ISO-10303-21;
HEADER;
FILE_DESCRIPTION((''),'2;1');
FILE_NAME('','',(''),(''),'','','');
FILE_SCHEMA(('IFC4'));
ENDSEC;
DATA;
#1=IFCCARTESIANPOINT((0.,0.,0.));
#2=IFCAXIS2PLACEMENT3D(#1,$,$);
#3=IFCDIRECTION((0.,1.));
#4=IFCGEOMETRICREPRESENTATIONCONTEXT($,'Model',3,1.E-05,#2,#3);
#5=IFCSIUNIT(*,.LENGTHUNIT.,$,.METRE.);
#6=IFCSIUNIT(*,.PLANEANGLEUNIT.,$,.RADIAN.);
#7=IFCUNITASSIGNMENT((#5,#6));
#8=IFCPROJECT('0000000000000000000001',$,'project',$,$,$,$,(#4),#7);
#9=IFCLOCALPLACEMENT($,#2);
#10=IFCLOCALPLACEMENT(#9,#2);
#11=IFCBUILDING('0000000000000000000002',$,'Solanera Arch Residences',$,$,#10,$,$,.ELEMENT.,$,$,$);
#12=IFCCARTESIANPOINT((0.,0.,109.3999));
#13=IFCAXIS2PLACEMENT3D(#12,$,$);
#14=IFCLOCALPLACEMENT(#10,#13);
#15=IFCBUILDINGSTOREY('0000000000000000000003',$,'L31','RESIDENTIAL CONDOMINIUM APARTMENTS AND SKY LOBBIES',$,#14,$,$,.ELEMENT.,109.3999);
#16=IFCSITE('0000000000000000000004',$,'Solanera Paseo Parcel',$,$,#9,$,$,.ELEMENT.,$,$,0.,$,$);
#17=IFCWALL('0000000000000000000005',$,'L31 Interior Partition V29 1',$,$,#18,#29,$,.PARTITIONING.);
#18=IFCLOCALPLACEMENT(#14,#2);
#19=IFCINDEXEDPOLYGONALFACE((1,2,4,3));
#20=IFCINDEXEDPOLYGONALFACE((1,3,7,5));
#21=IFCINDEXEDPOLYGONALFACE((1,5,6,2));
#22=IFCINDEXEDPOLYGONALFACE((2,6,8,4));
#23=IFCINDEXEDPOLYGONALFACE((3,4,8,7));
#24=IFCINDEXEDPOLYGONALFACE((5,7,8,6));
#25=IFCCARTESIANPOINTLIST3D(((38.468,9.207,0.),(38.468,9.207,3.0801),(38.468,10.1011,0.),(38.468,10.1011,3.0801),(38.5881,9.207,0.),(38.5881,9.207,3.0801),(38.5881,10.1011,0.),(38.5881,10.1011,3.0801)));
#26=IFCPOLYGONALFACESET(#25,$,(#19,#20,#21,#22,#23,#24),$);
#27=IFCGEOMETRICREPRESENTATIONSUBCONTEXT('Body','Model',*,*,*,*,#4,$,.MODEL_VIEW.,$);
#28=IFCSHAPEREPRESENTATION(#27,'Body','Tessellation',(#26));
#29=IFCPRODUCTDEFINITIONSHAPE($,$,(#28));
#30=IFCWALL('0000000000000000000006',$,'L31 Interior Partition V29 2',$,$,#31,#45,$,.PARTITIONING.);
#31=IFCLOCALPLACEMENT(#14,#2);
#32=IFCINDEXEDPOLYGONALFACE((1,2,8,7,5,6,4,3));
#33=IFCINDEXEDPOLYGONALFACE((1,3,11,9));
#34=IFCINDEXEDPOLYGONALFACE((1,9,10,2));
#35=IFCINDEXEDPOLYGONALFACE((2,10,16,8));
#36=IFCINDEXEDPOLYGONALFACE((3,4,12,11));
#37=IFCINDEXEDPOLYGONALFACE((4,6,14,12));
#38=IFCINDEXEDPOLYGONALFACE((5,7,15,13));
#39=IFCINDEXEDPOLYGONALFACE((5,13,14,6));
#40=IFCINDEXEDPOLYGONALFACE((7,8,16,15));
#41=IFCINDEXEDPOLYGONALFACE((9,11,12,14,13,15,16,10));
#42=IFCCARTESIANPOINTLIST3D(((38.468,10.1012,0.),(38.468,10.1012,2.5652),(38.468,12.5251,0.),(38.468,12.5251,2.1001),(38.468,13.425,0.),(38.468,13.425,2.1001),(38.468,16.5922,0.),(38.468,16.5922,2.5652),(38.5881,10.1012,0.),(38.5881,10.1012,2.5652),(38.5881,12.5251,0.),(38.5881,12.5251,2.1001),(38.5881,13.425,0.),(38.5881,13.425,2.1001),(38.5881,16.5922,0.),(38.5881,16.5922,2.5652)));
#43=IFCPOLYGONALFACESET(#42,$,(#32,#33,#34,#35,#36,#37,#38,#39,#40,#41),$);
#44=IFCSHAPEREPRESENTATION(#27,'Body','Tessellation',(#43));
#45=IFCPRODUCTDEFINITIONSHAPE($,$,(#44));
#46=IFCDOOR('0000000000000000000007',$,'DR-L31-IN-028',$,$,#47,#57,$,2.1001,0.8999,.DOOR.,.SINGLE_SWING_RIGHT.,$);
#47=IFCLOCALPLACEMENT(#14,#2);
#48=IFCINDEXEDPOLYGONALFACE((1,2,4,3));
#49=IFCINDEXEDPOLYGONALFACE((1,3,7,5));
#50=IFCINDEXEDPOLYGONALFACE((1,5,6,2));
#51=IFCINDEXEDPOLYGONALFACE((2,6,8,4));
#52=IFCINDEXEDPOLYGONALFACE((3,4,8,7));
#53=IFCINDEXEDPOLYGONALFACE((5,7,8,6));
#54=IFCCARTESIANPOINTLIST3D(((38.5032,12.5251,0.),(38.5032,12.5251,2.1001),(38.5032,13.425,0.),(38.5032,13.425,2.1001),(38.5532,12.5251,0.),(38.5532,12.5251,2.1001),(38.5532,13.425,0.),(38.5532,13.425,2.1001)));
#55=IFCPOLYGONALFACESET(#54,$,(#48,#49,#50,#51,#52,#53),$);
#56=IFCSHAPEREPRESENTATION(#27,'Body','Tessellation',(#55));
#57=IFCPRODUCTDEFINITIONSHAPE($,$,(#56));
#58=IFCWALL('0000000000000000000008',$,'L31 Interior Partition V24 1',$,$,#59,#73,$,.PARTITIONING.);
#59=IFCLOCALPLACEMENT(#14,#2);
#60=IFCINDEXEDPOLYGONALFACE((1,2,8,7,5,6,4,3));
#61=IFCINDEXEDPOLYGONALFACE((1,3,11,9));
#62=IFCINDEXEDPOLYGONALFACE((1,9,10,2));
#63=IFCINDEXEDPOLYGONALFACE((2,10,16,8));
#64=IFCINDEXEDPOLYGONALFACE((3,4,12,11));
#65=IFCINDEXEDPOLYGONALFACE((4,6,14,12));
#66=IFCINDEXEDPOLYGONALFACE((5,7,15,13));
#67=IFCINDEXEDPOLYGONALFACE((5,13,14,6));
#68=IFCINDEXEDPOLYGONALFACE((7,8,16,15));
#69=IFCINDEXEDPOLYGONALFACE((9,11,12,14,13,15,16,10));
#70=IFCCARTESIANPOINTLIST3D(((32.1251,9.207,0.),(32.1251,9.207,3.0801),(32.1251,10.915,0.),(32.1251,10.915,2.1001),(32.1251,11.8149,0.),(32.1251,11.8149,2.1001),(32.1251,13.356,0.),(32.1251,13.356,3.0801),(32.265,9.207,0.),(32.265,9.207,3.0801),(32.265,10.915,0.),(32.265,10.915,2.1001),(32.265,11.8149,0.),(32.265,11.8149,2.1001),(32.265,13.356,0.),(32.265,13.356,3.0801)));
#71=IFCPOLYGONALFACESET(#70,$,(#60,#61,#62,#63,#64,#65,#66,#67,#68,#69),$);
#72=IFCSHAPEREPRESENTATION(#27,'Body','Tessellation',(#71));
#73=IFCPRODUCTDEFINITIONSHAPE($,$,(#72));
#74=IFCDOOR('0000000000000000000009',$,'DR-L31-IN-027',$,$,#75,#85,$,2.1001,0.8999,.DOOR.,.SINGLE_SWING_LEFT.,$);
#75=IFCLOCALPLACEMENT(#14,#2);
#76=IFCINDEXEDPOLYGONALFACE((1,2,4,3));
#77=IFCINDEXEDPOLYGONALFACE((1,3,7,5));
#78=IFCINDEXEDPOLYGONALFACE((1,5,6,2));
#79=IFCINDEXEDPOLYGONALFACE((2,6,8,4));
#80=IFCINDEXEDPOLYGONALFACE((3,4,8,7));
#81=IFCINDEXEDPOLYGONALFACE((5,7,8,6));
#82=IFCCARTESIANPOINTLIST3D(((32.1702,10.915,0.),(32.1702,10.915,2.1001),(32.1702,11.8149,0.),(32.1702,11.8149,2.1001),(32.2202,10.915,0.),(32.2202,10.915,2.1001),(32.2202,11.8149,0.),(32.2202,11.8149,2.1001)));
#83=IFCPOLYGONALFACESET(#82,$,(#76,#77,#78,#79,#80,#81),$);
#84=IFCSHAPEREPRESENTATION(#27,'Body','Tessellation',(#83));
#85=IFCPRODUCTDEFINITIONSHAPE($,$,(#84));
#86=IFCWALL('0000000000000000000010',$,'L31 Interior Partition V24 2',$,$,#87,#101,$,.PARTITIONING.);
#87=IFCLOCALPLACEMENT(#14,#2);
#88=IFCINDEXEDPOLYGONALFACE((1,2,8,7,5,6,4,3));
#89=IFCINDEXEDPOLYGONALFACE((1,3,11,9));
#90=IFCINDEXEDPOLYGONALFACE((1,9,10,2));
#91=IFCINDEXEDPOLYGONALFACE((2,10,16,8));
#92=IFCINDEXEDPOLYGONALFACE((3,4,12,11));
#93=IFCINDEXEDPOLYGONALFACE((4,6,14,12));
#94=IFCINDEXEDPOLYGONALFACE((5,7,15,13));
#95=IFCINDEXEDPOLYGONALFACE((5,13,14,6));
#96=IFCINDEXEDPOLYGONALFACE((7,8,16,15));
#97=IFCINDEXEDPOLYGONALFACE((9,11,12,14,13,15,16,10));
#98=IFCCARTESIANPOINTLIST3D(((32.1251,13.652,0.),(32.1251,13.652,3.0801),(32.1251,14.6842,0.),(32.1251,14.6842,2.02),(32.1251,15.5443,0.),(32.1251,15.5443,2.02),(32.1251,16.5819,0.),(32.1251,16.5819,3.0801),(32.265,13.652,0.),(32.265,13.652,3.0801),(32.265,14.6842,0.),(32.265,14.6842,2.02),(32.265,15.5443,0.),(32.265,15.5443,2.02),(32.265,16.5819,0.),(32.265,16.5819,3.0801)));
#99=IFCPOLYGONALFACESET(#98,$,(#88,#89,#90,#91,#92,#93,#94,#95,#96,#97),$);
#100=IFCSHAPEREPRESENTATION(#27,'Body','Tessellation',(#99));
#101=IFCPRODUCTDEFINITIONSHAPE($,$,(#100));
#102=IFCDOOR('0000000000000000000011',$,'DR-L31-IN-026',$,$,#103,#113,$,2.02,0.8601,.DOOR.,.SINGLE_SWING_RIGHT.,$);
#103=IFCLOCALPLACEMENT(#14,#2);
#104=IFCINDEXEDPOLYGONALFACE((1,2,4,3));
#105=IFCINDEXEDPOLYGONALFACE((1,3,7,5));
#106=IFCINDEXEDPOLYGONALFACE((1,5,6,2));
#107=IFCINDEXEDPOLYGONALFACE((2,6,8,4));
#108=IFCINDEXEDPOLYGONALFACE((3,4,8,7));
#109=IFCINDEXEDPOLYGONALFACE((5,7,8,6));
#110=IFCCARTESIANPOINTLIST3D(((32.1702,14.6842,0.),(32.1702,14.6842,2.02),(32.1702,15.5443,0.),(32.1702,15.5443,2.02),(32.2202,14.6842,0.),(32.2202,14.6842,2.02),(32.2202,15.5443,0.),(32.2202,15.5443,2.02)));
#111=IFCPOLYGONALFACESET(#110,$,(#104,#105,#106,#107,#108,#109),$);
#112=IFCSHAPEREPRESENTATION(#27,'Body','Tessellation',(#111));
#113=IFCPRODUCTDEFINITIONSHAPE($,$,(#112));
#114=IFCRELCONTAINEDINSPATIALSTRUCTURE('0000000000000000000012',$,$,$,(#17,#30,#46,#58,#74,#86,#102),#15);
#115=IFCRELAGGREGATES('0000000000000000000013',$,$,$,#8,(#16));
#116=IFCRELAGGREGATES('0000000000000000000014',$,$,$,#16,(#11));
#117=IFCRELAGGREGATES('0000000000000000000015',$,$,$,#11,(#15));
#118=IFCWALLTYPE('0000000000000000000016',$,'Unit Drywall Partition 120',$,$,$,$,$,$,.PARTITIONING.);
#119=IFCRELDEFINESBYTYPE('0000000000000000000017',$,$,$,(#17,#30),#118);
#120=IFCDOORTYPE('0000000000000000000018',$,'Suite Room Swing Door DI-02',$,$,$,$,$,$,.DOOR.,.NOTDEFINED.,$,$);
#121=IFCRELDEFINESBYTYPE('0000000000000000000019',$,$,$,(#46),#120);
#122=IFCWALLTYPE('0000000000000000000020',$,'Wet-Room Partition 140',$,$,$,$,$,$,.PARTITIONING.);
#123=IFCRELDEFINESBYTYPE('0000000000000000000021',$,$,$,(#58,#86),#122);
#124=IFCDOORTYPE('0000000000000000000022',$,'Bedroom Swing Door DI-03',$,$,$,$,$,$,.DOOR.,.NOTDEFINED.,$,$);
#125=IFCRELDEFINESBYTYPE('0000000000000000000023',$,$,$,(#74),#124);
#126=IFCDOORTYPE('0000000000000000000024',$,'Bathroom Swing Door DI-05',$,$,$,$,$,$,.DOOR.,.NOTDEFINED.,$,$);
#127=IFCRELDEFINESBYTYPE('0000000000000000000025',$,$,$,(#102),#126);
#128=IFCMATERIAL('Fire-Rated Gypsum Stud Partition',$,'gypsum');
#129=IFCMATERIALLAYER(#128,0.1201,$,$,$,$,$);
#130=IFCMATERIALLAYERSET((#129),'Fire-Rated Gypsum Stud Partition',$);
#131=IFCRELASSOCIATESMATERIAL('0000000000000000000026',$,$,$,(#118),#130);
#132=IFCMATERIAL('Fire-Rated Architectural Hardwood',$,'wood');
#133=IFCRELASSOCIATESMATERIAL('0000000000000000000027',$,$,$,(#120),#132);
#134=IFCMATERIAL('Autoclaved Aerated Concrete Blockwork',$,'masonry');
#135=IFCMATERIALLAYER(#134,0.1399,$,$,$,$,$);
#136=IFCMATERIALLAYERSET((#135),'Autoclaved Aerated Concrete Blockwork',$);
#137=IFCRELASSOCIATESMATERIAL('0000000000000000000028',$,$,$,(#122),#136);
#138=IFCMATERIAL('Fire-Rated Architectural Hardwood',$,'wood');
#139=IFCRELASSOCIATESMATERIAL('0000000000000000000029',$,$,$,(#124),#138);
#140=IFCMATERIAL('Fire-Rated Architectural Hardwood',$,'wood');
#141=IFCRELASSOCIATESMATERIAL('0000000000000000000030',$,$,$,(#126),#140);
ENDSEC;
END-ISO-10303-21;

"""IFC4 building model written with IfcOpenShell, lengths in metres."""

from ifc_helpers import new_model, si_unit, direction, frame, frame_2d, origin, place, context, subcontext, project, spatial, rectangle, extrude, material, layer, layer_set, type_object, element, fill, save


model = new_model("IFC4")

# Units and contexts
model_context = context("Model", 3, precision=1e-05, world=origin(), true_north=direction((0.0, 1.0)))
body_context = subcontext(model_context, "Body", "Model", "MODEL_VIEW")
ifc_project = project(units=[si_unit("LENGTHUNIT", "METRE"), si_unit("PLANEANGLEUNIT", "RADIAN")], contexts=[model_context])

# Site, building, storey
site_placement = place(None, origin())
site = spatial("IfcSite", under=ifc_project, at=site_placement, Name="Solanera Paseo Parcel", CompositionType="ELEMENT", RefElevation=0.0)
building_placement = place(site_placement, origin())
building = spatial("IfcBuilding", under=site, at=building_placement, Name="Solanera Arch Residences", CompositionType="ELEMENT")
storey_placement = place(building_placement, frame((0.0, 0.0, 109.3999)))
storey = spatial("IfcBuildingStorey", under=building, at=storey_placement, Name="L31", Description="RESIDENTIAL CONDOMINIUM APARTMENTS AND SKY LOBBIES", CompositionType="ELEMENT", Elevation=109.3999)

# Wall
ifc_material_1 = material(Name="Fire-Rated Gypsum Stud Partition", Category="gypsum")
ifc_layer_1 = layer(ifc_material_1, 0.1201)
ifc_layer_set_1 = layer_set([ifc_layer_1], Name="Fire-Rated Gypsum Stud Partition")
wall_type_1 = type_object("IfcWallType", Name="Unit Drywall Partition 120", PredefinedType="PARTITIONING", material=ifc_layer_set_1)
wall_1_placement = place(storey_placement, frame((38.5281, 9.207, 0.0), z_axis=(0.0, 0.0, 1.0), x_axis=(0.0, 1.0, 0.0)))
element("IfcWall", 1, at=wall_1_placement, inside=storey, type_object=wall_type_1, Name="L31 Interior Partition V29 1", PredefinedType="PARTITIONING", context=body_context, shape_type="SweptSolid", body=[
    extrude(rectangle(XDim=0.894, YDim=0.1201, at=frame_2d((0.447, 0.0))), origin(), (0.0, 0.0, 1.0), 3.0801),
])

# Walls, openings, doors
wall_2_placement = place(storey_placement, frame((38.5281, 10.1011, 0.0), z_axis=(0.0, 0.0, 1.0), x_axis=(0.0, 1.0, 0.0)))
wall_2 = element("IfcWall", 2, at=wall_2_placement, inside=storey, type_object=wall_type_1, Name="L31 Interior Partition V29 2", PredefinedType="PARTITIONING", context=body_context, shape_type="SweptSolid", body=[
    extrude(rectangle(XDim=6.491, YDim=0.1201, at=frame_2d((3.2456, 0.0))), origin(), (0.0, 0.0, 1.0), 2.5652),
])
opening_1_placement = place(wall_2_placement, frame((2.4241, 0.0, 0.0)))
opening_1 = element("IfcOpeningElement", 3, at=opening_1_placement, cuts=wall_2, PredefinedType="OPENING", context=body_context, shape_type="SweptSolid", body=[
    extrude(rectangle(XDim=0.8999, YDim=2.1001, at=frame_2d((0.45, 1.05))), frame((0.0, 0.0701, 0.0), z_axis=(0.0, -1.0, 0.0), x_axis=(1.0, 0.0, 0.0)), (0.0, 0.0, 1.0), 0.1401),
])
ifc_material_2 = material(Name="Fire-Rated Architectural Hardwood", Category="wood")
door_type_1 = type_object("IfcDoorType", Name="Suite Room Swing Door DI-02", OperationType="NOTDEFINED", PredefinedType="DOOR", material=ifc_material_2)
door_1_placement = place(opening_1_placement, origin())
door_1 = element("IfcDoor", 4, at=door_1_placement, inside=storey, type_object=door_type_1, Name="DR-L31-IN-028", OperationType="SINGLE_SWING_RIGHT", OverallHeight=2.1001, OverallWidth=0.8999, PredefinedType="DOOR", context=body_context, shape_type="SweptSolid", body=[
    extrude(rectangle(XDim=0.8999, YDim=2.1001, at=frame_2d((0.45, 1.05))), frame((0.0, 0.0249, 0.0), z_axis=(0.0, -1.0, 0.0), x_axis=(1.0, 0.0, 0.0)), (0.0, 0.0, 1.0), 0.05),
])
fill(opening_1, door_1)
ifc_material_3 = material(Name="Autoclaved Aerated Concrete Blockwork", Category="masonry")
ifc_layer_2 = layer(ifc_material_3, 0.1399)
ifc_layer_set_2 = layer_set([ifc_layer_2], Name="Autoclaved Aerated Concrete Blockwork")
wall_type_2 = type_object("IfcWallType", Name="Wet-Room Partition 140", PredefinedType="PARTITIONING", material=ifc_layer_set_2)
wall_3_placement = place(storey_placement, frame((32.1951, 9.207, 0.0), z_axis=(0.0, 0.0, 1.0), x_axis=(0.0, 1.0, 0.0)))
wall_3 = element("IfcWall", 5, at=wall_3_placement, inside=storey, type_object=wall_type_2, Name="L31 Interior Partition V24 1", PredefinedType="PARTITIONING", context=body_context, shape_type="SweptSolid", body=[
    extrude(rectangle(XDim=4.1489, YDim=0.1399, at=frame_2d((2.0745, 0.0))), origin(), (0.0, 0.0, 1.0), 3.0801),
])
opening_2_placement = place(wall_3_placement, frame((1.708, 0.0, 0.0)))
opening_2 = element("IfcOpeningElement", 6, at=opening_2_placement, cuts=wall_3, PredefinedType="OPENING", context=body_context, shape_type="SweptSolid", body=[
    extrude(rectangle(XDim=0.8999, YDim=2.1001, at=frame_2d((0.45, 1.05))), frame((0.0, 0.0798, 0.0), z_axis=(0.0, -1.0, 0.0), x_axis=(1.0, 0.0, 0.0)), (0.0, 0.0, 1.0), 0.1599),
])
ifc_material_4 = material(Name="Fire-Rated Architectural Hardwood", Category="wood")
door_type_2 = type_object("IfcDoorType", Name="Bedroom Swing Door DI-03", OperationType="NOTDEFINED", PredefinedType="DOOR", material=ifc_material_4)
door_2_placement = place(opening_2_placement, origin())
door_2 = element("IfcDoor", 7, at=door_2_placement, inside=storey, type_object=door_type_2, Name="DR-L31-IN-027", OperationType="SINGLE_SWING_LEFT", OverallHeight=2.1001, OverallWidth=0.8999, PredefinedType="DOOR", context=body_context, shape_type="SweptSolid", body=[
    extrude(rectangle(XDim=0.8999, YDim=2.1001, at=frame_2d((0.45, 1.05))), frame((0.0, 0.0249, 0.0), z_axis=(0.0, -1.0, 0.0), x_axis=(1.0, 0.0, 0.0)), (0.0, 0.0, 1.0), 0.05),
])
fill(opening_2, door_2)
wall_4_placement = place(storey_placement, frame((32.1951, 13.6521, 0.0), z_axis=(0.0, 0.0, 1.0), x_axis=(0.0, 1.0, 0.0)))
wall_4 = element("IfcWall", 8, at=wall_4_placement, inside=storey, type_object=wall_type_2, Name="L31 Interior Partition V24 2", PredefinedType="PARTITIONING", context=body_context, shape_type="SweptSolid", body=[
    extrude(rectangle(XDim=2.9299, YDim=0.1399, at=frame_2d((1.4648, 0.0))), origin(), (0.0, 0.0, 1.0), 3.0801),
])
opening_3_placement = place(wall_4_placement, frame((1.032, 0.0, 0.0)))
opening_3 = element("IfcOpeningElement", 9, at=opening_3_placement, cuts=wall_4, PredefinedType="OPENING", context=body_context, shape_type="SweptSolid", body=[
    extrude(rectangle(XDim=0.8601, YDim=2.02, at=frame_2d((0.4302, 1.01))), frame((0.0, 0.0798, 0.0), z_axis=(0.0, -1.0, 0.0), x_axis=(1.0, 0.0, 0.0)), (0.0, 0.0, 1.0), 0.1599),
])
ifc_material_5 = material(Name="Fire-Rated Architectural Hardwood", Category="wood")
door_type_3 = type_object("IfcDoorType", Name="Bathroom Swing Door DI-05", OperationType="NOTDEFINED", PredefinedType="DOOR", material=ifc_material_5)
door_3_placement = place(opening_3_placement, origin())
door_3 = element("IfcDoor", 10, at=door_3_placement, inside=storey, type_object=door_type_3, Name="DR-L31-IN-026", OperationType="SINGLE_SWING_RIGHT", OverallHeight=2.02, OverallWidth=0.8601, PredefinedType="DOOR", context=body_context, shape_type="SweptSolid", body=[
    extrude(rectangle(XDim=0.8601, YDim=2.02, at=frame_2d((0.4302, 1.01))), frame((0.0, 0.0249, 0.0), z_axis=(0.0, -1.0, 0.0), x_axis=(1.0, 0.0, 0.0)), (0.0, 0.0, 1.0), 0.05),
])
fill(opening_3, door_3)

save(model, "model.ifc")
